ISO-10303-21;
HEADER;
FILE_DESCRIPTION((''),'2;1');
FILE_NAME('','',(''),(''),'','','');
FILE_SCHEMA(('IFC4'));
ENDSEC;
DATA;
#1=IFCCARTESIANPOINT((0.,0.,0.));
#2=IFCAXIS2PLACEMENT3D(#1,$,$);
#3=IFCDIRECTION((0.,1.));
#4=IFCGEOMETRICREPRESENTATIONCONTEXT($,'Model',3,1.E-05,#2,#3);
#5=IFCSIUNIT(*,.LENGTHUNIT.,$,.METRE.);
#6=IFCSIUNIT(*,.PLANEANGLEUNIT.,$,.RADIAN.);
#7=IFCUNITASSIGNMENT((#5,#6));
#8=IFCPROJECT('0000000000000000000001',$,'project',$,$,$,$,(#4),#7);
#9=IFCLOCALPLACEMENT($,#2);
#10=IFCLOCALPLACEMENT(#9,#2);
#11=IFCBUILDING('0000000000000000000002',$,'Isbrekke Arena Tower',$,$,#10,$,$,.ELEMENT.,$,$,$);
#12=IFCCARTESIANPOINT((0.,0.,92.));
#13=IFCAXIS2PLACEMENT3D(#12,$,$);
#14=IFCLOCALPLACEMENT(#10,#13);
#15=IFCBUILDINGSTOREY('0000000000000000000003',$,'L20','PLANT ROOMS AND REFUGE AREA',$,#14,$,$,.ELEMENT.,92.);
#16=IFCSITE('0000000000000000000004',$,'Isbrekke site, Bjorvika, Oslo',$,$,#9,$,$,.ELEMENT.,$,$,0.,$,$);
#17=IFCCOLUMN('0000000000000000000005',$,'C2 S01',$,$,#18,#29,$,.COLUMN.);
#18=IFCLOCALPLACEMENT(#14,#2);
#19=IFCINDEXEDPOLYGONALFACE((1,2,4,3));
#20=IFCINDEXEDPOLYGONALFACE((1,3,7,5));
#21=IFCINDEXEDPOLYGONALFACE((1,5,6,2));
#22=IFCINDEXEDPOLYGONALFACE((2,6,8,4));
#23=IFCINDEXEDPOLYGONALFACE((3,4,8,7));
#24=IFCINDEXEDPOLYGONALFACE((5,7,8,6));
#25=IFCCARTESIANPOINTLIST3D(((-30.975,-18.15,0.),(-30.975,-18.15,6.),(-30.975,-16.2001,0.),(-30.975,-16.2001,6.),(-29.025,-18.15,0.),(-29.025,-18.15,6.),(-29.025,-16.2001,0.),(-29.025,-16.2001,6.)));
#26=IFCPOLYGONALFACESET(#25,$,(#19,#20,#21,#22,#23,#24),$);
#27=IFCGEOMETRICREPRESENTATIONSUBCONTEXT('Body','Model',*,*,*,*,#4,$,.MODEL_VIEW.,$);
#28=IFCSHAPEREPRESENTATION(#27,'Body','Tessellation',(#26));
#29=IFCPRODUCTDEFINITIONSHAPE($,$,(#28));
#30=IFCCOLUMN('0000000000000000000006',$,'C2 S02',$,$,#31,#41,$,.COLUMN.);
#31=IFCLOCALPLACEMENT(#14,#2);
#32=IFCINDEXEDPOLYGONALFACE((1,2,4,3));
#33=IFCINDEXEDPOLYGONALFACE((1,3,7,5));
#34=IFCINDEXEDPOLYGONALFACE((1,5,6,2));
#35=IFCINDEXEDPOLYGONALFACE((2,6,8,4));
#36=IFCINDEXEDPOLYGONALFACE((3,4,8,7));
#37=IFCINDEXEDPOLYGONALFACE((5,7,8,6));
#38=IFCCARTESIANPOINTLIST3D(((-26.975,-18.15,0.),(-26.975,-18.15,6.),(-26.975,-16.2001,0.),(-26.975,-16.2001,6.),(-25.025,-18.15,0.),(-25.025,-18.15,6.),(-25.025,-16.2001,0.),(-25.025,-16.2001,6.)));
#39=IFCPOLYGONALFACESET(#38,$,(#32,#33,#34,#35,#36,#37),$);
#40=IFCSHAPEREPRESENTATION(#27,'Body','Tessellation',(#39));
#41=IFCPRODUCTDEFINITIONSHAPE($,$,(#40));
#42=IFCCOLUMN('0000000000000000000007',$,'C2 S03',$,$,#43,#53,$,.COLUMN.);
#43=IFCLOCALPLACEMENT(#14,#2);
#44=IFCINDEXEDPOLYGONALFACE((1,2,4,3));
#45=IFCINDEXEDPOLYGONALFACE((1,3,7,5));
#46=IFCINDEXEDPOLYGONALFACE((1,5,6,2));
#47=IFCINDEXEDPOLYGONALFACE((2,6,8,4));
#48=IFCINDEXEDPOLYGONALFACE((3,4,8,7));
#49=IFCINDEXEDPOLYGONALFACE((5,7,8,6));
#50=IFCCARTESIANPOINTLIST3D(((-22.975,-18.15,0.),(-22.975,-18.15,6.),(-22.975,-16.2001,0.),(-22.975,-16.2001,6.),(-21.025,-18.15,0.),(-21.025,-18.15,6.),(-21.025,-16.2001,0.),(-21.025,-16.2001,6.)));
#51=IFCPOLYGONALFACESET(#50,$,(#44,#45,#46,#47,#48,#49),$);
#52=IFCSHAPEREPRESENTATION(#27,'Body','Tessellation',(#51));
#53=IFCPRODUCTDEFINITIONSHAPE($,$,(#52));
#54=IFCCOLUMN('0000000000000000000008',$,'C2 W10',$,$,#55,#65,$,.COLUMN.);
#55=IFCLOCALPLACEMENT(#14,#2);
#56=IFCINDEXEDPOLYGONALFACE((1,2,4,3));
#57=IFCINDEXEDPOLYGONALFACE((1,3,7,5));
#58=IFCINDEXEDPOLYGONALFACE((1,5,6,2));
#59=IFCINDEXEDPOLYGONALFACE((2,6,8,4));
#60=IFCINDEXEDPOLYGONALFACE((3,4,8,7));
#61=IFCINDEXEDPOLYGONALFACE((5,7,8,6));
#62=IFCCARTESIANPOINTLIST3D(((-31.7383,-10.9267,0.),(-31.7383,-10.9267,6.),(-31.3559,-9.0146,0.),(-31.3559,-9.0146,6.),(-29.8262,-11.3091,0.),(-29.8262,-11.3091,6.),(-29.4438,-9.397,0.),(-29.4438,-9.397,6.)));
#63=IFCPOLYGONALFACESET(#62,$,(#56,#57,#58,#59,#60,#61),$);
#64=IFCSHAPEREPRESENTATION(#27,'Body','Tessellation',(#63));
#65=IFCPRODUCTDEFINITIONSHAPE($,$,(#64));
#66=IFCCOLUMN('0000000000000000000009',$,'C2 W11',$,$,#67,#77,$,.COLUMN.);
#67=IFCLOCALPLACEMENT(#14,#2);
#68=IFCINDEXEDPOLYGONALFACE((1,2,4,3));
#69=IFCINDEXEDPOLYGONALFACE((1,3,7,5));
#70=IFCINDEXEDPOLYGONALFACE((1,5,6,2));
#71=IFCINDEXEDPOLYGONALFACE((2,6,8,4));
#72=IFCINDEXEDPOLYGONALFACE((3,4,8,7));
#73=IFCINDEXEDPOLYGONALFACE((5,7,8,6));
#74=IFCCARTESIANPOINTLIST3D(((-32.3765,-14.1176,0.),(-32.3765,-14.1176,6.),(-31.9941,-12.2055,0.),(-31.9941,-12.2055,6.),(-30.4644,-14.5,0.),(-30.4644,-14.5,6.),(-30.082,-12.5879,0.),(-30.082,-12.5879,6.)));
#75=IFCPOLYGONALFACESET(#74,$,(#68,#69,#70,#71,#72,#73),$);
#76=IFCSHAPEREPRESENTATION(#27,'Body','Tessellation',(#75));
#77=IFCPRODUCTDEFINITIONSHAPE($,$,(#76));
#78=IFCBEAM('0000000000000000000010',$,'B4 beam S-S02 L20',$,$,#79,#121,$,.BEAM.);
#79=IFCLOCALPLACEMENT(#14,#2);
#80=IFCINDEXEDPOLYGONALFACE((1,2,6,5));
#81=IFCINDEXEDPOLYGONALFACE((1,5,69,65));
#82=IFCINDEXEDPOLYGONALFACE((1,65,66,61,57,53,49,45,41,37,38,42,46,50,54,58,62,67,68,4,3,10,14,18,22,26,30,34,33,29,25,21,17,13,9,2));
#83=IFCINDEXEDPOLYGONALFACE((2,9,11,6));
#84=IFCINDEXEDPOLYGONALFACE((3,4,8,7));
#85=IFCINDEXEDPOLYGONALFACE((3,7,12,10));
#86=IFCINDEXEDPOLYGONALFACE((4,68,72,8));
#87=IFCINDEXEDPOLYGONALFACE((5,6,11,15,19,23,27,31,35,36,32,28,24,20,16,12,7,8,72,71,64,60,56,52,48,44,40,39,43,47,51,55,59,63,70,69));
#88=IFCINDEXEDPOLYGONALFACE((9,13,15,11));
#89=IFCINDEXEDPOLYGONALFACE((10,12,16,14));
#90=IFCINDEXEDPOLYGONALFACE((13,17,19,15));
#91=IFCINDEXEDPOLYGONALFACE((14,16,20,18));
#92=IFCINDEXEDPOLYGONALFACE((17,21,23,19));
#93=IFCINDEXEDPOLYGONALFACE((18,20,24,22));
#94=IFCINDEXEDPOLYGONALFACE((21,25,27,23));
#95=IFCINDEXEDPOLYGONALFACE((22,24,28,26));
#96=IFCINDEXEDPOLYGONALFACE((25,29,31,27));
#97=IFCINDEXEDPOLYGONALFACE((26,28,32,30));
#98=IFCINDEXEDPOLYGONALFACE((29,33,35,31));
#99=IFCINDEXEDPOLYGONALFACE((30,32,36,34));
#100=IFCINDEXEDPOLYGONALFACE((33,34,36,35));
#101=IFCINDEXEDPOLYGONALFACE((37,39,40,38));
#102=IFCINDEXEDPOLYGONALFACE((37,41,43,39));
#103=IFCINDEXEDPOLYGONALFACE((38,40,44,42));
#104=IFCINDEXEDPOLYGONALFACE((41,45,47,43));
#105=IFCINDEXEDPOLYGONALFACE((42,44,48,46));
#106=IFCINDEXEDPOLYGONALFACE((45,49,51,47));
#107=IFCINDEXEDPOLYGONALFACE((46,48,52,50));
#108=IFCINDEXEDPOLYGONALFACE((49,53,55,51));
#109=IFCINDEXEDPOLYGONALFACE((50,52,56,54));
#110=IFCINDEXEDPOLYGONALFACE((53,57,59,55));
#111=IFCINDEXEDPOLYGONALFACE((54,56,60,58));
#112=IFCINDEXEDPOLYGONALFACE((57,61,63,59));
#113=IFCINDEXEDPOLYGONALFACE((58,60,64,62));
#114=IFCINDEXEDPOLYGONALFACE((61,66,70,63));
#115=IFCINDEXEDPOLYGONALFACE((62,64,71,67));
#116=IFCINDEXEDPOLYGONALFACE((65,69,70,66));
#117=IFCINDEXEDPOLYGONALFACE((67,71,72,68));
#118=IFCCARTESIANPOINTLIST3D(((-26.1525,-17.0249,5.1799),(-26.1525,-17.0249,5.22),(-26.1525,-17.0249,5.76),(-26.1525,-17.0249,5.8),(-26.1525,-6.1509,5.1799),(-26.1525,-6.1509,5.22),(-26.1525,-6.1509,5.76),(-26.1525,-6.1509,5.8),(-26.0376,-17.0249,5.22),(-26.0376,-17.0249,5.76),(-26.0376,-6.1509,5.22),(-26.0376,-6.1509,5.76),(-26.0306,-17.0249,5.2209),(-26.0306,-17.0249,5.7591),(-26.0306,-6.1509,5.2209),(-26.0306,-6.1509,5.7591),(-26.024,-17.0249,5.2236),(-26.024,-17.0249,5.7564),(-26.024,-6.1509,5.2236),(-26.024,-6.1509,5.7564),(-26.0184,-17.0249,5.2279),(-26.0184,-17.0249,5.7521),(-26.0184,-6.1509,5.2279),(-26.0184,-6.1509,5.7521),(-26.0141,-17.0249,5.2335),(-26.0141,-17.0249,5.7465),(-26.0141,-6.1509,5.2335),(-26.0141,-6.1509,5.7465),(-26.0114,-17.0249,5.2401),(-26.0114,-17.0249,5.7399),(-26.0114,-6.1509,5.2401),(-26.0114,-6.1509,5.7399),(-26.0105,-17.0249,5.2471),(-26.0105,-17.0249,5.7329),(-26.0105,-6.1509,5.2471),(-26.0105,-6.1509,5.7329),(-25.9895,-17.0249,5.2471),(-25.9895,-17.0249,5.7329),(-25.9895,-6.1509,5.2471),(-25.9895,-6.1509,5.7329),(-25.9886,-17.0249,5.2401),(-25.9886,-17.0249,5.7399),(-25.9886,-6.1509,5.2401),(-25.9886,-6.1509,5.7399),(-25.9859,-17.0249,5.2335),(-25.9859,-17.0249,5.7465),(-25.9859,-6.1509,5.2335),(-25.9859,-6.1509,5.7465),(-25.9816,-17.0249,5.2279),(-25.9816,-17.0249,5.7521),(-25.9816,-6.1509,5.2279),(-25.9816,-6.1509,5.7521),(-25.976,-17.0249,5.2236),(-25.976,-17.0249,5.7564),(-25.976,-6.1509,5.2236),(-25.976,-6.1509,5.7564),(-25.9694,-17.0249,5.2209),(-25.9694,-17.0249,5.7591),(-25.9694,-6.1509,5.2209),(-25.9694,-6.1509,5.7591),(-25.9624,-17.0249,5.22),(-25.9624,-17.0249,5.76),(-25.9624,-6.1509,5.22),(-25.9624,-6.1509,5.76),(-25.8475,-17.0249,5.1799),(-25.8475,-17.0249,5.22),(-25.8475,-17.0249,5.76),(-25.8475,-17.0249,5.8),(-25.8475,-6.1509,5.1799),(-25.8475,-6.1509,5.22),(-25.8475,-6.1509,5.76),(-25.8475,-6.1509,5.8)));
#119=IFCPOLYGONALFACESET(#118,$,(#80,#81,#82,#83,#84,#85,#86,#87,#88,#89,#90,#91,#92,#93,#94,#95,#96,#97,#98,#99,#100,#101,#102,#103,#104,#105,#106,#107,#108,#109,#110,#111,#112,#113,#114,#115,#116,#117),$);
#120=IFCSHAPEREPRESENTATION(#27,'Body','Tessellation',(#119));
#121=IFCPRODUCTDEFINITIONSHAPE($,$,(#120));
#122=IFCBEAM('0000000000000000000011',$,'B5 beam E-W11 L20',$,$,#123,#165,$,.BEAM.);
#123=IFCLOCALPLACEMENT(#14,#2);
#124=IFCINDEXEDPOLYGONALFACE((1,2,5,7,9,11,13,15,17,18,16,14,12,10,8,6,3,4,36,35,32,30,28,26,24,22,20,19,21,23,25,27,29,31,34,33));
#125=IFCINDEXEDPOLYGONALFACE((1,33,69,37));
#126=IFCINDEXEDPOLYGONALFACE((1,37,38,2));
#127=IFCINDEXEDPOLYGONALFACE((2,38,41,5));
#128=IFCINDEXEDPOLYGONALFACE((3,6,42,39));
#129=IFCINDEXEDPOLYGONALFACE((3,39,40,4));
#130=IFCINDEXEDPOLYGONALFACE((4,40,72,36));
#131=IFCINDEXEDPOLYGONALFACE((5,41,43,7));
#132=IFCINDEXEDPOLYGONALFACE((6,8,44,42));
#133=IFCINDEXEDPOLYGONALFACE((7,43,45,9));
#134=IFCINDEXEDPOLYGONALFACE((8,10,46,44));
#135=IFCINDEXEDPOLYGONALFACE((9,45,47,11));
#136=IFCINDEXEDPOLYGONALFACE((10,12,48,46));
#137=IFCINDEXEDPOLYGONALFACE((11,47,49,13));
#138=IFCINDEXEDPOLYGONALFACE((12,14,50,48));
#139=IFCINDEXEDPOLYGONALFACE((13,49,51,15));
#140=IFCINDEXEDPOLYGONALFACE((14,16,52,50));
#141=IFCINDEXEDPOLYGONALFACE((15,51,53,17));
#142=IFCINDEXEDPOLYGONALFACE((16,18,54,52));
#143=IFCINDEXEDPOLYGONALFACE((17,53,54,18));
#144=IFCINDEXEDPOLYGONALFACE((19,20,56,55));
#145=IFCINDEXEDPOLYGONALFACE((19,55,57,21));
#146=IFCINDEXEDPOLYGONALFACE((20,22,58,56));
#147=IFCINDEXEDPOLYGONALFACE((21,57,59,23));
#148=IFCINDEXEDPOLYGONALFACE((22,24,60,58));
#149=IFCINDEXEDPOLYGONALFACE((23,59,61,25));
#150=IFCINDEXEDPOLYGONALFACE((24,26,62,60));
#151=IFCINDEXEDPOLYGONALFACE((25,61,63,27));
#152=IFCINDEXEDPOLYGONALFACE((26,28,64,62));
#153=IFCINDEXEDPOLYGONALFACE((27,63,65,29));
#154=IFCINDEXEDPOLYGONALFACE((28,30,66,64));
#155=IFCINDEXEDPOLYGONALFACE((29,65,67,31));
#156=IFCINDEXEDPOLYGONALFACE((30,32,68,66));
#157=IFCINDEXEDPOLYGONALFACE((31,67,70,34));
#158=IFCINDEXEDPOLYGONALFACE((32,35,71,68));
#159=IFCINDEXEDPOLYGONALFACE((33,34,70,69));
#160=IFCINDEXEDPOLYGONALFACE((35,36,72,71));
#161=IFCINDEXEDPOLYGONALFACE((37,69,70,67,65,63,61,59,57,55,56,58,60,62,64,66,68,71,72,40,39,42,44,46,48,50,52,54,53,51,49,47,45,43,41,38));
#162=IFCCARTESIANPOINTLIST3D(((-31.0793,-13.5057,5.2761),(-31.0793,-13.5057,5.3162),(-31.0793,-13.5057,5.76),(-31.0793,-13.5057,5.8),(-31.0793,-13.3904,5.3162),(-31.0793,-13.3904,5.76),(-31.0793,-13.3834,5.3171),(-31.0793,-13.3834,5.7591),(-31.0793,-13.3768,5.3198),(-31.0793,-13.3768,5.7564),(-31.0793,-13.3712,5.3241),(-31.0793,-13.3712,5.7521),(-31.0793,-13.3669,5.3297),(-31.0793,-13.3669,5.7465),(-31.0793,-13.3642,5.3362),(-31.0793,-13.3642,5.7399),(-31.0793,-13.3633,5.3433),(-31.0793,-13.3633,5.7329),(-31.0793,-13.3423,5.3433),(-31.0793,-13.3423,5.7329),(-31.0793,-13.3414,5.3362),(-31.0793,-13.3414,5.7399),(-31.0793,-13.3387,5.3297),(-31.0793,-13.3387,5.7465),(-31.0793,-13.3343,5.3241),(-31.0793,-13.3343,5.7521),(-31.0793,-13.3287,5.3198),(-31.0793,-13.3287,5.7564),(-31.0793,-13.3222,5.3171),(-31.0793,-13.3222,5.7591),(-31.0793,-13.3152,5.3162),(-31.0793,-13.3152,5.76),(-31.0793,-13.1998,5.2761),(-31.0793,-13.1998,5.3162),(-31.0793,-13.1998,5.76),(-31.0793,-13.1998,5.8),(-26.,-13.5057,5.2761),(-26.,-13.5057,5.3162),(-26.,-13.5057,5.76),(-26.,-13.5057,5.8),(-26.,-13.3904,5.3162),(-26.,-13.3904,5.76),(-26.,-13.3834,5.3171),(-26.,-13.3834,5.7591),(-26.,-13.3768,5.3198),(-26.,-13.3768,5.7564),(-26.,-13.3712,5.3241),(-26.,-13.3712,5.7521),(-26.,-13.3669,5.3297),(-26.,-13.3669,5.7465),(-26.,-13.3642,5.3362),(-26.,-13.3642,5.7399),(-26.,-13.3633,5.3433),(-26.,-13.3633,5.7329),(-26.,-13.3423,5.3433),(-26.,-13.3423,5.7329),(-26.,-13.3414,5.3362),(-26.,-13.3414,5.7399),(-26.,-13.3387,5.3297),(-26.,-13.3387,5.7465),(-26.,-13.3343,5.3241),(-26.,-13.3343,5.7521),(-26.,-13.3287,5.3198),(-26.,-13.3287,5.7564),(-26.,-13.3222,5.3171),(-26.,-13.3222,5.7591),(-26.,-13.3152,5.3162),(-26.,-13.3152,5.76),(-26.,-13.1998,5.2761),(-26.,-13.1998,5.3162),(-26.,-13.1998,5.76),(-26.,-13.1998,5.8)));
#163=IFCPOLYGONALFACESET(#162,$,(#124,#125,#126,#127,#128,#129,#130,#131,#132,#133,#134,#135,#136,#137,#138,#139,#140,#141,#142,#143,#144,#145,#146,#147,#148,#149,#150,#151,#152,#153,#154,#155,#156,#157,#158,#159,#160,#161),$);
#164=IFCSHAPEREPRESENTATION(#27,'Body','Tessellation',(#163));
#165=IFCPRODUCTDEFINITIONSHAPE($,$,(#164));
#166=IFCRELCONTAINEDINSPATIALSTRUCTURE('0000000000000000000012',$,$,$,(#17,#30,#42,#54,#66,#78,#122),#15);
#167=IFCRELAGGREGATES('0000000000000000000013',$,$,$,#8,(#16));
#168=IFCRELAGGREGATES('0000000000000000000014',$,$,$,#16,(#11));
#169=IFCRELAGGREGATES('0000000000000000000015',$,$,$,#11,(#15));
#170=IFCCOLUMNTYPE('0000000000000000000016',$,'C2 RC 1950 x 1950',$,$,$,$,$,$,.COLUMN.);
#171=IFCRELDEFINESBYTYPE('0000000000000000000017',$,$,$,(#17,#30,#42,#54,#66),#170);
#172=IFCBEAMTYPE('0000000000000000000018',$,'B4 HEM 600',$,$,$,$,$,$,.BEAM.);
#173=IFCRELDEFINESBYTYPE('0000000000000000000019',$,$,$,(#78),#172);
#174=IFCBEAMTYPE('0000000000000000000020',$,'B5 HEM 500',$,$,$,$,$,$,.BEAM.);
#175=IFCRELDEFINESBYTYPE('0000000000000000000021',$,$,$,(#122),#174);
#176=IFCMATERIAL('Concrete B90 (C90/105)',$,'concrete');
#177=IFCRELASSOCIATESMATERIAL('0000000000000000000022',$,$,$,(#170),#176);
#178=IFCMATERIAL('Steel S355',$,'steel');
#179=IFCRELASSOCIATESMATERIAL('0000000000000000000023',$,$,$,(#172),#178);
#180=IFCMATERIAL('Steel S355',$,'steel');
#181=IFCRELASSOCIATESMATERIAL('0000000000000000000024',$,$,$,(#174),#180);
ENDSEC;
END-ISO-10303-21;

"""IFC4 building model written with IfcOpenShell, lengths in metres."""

from ifc_helpers import new_model, si_unit, direction, frame, origin, origin_2d, place, context, subcontext, project, spatial, rectangle, i_section, extrude, material, material_profile, profile_set, type_object, element, save


model = new_model("IFC4")

# Units and contexts
model_context = context("Model", 3, precision=1e-05, world=origin(), true_north=direction((0.0, 1.0)))
body_context = subcontext(model_context, "Body", "Model", "MODEL_VIEW")
ifc_project = project(units=[si_unit("LENGTHUNIT", "METRE"), si_unit("PLANEANGLEUNIT", "RADIAN")], contexts=[model_context])

# Site, building, storey
site_placement = place(None, origin())
site = spatial("IfcSite", under=ifc_project, at=site_placement, Name="Isbrekke site, Bjorvika, Oslo", CompositionType="ELEMENT", RefElevation=0.0)
building_placement = place(site_placement, origin())
building = spatial("IfcBuilding", under=site, at=building_placement, Name="Isbrekke Arena Tower", CompositionType="ELEMENT")
storey_placement = place(building_placement, frame((0.0, 0.0, 92.0)))
storey = spatial("IfcBuildingStorey", under=building, at=storey_placement, Name="L20", Description="PLANT ROOMS AND REFUGE AREA", CompositionType="ELEMENT", Elevation=92.0)

# Columns
ifc_material_1 = material(Name="Concrete B90 (C90/105)", Category="concrete")
ifc_material_profile_1 = material_profile(ifc_material_1, rectangle(XDim=1.95, YDim=1.95, at=origin_2d()), Name="RC 1950x1950")
ifc_profile_set_1 = profile_set([ifc_material_profile_1], Name="Concrete B90 (C90/105)")
column_type = type_object("IfcColumnType", Name="C2 RC 1950 x 1950", PredefinedType="COLUMN", material=ifc_profile_set_1)
for number, where, z_axis, x_axis, name in (
    (1, (-30.0, -17.175, 0.0), (0.0, 0.0, 1.0), (1.0, 0.0, 0.0), "C2 S01"),
    (2, (-26.0, -17.175, 0.0), (0.0, 0.0, 1.0), (1.0, 0.0, 0.0), "C2 S02"),
    (3, (-22.0, -17.175, 0.0), (0.0, 0.0, 1.0), (1.0, 0.0, 0.0), "C2 S03"),
    (4, (-30.5911, -10.1619, 0.0), (0.0, 0.0, 1.0), (-0.196116, -0.980581, 0.0), "C2 W10"),
    (5, (-31.2292, -13.3528, 0.0), (0.0, 0.0, 1.0), (-0.196116, -0.980581, 0.0), "C2 W11"),
):
    element("IfcColumn", number, at=place(storey_placement, frame(where, z_axis=z_axis, x_axis=x_axis)), inside=storey, type_object=column_type, Name=name, PredefinedType="COLUMN", context=body_context, shape_type="SweptSolid", body=[
        extrude(rectangle(XDim=1.95, YDim=1.95, at=origin_2d()), origin(), (0.0, 0.0, 1.0), 6.0),
    ])

# Beams
ifc_material_2 = material(Name="Steel S355", Category="steel")
ifc_material_profile_2 = material_profile(ifc_material_2, i_section(OverallWidth=0.3049, OverallDepth=0.6201, WebThickness=0.021, FlangeThickness=0.04, FilletRadius=0.0271, at=origin_2d()), Name="HEM 600")
ifc_profile_set_2 = profile_set([ifc_material_profile_2], Name="Steel S355")
beam_type_1 = type_object("IfcBeamType", Name="B4 HEM 600", PredefinedType="BEAM", material=ifc_profile_set_2)
beam_1_placement = place(storey_placement, frame((-26.0, -17.0249, 5.49), z_axis=(0.0, 1.0, 0.0), x_axis=(-1.0, 0.0, 0.0)))
element("IfcBeam", 6, at=beam_1_placement, inside=storey, type_object=beam_type_1, Name="B4 beam S-S02 L20", PredefinedType="BEAM", context=body_context, shape_type="SweptSolid", body=[
    extrude(i_section(OverallWidth=0.3049, OverallDepth=0.6201, WebThickness=0.021, FlangeThickness=0.04, FilletRadius=0.0271, at=origin_2d()), origin(), (0.0, 0.0, 1.0), 10.874),
])
ifc_material_3 = material(Name="Steel S355", Category="steel")
ifc_material_profile_3 = material_profile(ifc_material_3, i_section(OverallWidth=0.3059, OverallDepth=0.5239, WebThickness=0.021, FlangeThickness=0.04, FilletRadius=0.0271, at=origin_2d()), Name="HEM 500")
ifc_profile_set_3 = profile_set([ifc_material_profile_3], Name="Steel S355")
beam_type_2 = type_object("IfcBeamType", Name="B5 HEM 500", PredefinedType="BEAM", material=ifc_profile_set_3)
beam_2_placement = place(storey_placement, frame((-31.0793, -13.3528, 5.5381), z_axis=(1.0, 0.0, 0.0), x_axis=(0.0, 1.0, 0.0)))
element("IfcBeam", 7, at=beam_2_placement, inside=storey, type_object=beam_type_2, Name="B5 beam E-W11 L20", PredefinedType="BEAM", context=body_context, shape_type="SweptSolid", body=[
    extrude(i_section(OverallWidth=0.3059, OverallDepth=0.5239, WebThickness=0.021, FlangeThickness=0.04, FilletRadius=0.0271, at=origin_2d()), origin(), (0.0, 0.0, 1.0), 5.0793),
])

save(model, "model.ifc")
